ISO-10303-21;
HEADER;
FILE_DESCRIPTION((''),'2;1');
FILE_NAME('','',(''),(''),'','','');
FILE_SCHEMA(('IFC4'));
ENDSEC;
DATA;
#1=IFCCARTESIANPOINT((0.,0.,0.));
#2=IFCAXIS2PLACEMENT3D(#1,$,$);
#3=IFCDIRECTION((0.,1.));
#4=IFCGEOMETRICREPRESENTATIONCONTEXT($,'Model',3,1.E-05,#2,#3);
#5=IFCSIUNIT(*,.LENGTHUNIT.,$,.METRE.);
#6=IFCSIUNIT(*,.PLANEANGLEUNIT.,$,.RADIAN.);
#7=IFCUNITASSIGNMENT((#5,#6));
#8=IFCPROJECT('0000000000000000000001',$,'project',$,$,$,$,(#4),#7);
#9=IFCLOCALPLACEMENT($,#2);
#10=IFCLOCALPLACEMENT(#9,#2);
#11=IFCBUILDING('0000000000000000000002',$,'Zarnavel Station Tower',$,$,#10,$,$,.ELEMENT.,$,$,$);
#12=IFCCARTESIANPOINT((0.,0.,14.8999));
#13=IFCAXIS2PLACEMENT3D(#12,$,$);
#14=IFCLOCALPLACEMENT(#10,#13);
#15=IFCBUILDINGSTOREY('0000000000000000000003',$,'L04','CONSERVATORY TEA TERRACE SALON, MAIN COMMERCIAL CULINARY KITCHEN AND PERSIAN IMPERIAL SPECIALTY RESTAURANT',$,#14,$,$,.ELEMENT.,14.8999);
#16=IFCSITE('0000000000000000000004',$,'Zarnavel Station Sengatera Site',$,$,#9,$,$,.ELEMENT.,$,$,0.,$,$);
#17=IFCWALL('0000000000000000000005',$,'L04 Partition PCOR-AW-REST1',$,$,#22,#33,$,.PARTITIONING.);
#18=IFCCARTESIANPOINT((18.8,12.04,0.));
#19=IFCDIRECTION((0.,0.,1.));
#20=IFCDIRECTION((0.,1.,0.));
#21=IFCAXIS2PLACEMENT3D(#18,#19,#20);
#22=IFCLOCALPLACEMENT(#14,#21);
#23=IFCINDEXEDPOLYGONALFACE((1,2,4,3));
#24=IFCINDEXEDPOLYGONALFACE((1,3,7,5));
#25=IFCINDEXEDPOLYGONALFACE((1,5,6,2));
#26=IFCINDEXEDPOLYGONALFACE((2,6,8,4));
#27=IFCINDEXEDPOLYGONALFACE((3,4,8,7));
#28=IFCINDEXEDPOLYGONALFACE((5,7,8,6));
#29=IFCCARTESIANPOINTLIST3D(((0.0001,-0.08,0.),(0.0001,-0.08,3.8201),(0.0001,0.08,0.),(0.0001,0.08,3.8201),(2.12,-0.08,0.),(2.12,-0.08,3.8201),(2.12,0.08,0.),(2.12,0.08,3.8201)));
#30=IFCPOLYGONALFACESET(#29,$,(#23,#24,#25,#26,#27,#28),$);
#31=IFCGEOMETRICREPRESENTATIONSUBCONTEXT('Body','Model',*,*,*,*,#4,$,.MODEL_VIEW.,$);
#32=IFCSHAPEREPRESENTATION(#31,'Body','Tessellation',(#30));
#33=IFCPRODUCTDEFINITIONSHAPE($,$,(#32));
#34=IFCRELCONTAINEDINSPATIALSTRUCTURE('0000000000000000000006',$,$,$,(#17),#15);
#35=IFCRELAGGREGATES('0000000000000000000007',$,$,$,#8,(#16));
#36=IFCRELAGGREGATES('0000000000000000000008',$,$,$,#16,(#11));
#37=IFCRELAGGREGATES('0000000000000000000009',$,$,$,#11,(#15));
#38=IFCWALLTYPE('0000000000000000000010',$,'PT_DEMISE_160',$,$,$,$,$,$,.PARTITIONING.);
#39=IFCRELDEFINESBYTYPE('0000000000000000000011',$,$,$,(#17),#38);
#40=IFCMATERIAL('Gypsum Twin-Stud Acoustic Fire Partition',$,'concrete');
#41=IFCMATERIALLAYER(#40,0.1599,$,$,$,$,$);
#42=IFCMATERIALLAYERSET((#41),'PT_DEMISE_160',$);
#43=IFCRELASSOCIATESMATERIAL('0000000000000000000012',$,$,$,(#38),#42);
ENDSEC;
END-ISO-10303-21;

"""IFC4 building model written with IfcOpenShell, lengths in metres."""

from ifc_helpers import new_model, si_unit, direction, frame, frame_2d, origin, place, context, subcontext, project, spatial, rectangle, extrude, material, layer, layer_set, type_object, element, save


model = new_model("IFC4")

# Units and contexts
model_context = context("Model", 3, precision=1e-05, world=origin(), true_north=direction((0.0, 1.0)))
body_context = subcontext(model_context, "Body", "Model", "MODEL_VIEW")
ifc_project = project(units=[si_unit("LENGTHUNIT", "METRE"), si_unit("PLANEANGLEUNIT", "RADIAN")], contexts=[model_context])

# Site, building, storey
site_placement = place(None, origin())
site = spatial("IfcSite", under=ifc_project, at=site_placement, Name="Zarnavel Station Sengatera Site", CompositionType="ELEMENT", RefElevation=0.0)
building_placement = place(site_placement, origin())
building = spatial("IfcBuilding", under=site, at=building_placement, Name="Zarnavel Station Tower", CompositionType="ELEMENT")
storey_placement = place(building_placement, frame((0.0, 0.0, 14.8999)))
storey = spatial("IfcBuildingStorey", under=building, at=storey_placement, Name="L04", Description="CONSERVATORY TEA TERRACE SALON, MAIN COMMERCIAL CULINARY KITCHEN AND PERSIAN IMPERIAL SPECIALTY RESTAURANT", CompositionType="ELEMENT", Elevation=14.8999)

# Wall
ifc_material_1 = material(Name="Gypsum Twin-Stud Acoustic Fire Partition", Category="concrete")
ifc_layer_1 = layer(ifc_material_1, 0.1599)
ifc_layer_set_1 = layer_set([ifc_layer_1], Name="PT_DEMISE_160")
wall_type_1 = type_object("IfcWallType", Name="PT_DEMISE_160", PredefinedType="PARTITIONING", material=ifc_layer_set_1)
wall_1_placement = place(storey_placement, frame((18.8, 12.04, 0.0), z_axis=(0.0, 0.0, 1.0), x_axis=(0.0, 1.0, 0.0)))
element("IfcWall", 1, at=wall_1_placement, inside=storey, type_object=wall_type_1, Name="L04 Partition PCOR-AW-REST1", PredefinedType="PARTITIONING", context=body_context, shape_type="SweptSolid", body=[
    extrude(rectangle(XDim=2.1199, YDim=0.1599, at=frame_2d((1.0601, 0.0))), origin(), (0.0, 0.0, 1.0), 3.8201),
])

save(model, "model.ifc")
